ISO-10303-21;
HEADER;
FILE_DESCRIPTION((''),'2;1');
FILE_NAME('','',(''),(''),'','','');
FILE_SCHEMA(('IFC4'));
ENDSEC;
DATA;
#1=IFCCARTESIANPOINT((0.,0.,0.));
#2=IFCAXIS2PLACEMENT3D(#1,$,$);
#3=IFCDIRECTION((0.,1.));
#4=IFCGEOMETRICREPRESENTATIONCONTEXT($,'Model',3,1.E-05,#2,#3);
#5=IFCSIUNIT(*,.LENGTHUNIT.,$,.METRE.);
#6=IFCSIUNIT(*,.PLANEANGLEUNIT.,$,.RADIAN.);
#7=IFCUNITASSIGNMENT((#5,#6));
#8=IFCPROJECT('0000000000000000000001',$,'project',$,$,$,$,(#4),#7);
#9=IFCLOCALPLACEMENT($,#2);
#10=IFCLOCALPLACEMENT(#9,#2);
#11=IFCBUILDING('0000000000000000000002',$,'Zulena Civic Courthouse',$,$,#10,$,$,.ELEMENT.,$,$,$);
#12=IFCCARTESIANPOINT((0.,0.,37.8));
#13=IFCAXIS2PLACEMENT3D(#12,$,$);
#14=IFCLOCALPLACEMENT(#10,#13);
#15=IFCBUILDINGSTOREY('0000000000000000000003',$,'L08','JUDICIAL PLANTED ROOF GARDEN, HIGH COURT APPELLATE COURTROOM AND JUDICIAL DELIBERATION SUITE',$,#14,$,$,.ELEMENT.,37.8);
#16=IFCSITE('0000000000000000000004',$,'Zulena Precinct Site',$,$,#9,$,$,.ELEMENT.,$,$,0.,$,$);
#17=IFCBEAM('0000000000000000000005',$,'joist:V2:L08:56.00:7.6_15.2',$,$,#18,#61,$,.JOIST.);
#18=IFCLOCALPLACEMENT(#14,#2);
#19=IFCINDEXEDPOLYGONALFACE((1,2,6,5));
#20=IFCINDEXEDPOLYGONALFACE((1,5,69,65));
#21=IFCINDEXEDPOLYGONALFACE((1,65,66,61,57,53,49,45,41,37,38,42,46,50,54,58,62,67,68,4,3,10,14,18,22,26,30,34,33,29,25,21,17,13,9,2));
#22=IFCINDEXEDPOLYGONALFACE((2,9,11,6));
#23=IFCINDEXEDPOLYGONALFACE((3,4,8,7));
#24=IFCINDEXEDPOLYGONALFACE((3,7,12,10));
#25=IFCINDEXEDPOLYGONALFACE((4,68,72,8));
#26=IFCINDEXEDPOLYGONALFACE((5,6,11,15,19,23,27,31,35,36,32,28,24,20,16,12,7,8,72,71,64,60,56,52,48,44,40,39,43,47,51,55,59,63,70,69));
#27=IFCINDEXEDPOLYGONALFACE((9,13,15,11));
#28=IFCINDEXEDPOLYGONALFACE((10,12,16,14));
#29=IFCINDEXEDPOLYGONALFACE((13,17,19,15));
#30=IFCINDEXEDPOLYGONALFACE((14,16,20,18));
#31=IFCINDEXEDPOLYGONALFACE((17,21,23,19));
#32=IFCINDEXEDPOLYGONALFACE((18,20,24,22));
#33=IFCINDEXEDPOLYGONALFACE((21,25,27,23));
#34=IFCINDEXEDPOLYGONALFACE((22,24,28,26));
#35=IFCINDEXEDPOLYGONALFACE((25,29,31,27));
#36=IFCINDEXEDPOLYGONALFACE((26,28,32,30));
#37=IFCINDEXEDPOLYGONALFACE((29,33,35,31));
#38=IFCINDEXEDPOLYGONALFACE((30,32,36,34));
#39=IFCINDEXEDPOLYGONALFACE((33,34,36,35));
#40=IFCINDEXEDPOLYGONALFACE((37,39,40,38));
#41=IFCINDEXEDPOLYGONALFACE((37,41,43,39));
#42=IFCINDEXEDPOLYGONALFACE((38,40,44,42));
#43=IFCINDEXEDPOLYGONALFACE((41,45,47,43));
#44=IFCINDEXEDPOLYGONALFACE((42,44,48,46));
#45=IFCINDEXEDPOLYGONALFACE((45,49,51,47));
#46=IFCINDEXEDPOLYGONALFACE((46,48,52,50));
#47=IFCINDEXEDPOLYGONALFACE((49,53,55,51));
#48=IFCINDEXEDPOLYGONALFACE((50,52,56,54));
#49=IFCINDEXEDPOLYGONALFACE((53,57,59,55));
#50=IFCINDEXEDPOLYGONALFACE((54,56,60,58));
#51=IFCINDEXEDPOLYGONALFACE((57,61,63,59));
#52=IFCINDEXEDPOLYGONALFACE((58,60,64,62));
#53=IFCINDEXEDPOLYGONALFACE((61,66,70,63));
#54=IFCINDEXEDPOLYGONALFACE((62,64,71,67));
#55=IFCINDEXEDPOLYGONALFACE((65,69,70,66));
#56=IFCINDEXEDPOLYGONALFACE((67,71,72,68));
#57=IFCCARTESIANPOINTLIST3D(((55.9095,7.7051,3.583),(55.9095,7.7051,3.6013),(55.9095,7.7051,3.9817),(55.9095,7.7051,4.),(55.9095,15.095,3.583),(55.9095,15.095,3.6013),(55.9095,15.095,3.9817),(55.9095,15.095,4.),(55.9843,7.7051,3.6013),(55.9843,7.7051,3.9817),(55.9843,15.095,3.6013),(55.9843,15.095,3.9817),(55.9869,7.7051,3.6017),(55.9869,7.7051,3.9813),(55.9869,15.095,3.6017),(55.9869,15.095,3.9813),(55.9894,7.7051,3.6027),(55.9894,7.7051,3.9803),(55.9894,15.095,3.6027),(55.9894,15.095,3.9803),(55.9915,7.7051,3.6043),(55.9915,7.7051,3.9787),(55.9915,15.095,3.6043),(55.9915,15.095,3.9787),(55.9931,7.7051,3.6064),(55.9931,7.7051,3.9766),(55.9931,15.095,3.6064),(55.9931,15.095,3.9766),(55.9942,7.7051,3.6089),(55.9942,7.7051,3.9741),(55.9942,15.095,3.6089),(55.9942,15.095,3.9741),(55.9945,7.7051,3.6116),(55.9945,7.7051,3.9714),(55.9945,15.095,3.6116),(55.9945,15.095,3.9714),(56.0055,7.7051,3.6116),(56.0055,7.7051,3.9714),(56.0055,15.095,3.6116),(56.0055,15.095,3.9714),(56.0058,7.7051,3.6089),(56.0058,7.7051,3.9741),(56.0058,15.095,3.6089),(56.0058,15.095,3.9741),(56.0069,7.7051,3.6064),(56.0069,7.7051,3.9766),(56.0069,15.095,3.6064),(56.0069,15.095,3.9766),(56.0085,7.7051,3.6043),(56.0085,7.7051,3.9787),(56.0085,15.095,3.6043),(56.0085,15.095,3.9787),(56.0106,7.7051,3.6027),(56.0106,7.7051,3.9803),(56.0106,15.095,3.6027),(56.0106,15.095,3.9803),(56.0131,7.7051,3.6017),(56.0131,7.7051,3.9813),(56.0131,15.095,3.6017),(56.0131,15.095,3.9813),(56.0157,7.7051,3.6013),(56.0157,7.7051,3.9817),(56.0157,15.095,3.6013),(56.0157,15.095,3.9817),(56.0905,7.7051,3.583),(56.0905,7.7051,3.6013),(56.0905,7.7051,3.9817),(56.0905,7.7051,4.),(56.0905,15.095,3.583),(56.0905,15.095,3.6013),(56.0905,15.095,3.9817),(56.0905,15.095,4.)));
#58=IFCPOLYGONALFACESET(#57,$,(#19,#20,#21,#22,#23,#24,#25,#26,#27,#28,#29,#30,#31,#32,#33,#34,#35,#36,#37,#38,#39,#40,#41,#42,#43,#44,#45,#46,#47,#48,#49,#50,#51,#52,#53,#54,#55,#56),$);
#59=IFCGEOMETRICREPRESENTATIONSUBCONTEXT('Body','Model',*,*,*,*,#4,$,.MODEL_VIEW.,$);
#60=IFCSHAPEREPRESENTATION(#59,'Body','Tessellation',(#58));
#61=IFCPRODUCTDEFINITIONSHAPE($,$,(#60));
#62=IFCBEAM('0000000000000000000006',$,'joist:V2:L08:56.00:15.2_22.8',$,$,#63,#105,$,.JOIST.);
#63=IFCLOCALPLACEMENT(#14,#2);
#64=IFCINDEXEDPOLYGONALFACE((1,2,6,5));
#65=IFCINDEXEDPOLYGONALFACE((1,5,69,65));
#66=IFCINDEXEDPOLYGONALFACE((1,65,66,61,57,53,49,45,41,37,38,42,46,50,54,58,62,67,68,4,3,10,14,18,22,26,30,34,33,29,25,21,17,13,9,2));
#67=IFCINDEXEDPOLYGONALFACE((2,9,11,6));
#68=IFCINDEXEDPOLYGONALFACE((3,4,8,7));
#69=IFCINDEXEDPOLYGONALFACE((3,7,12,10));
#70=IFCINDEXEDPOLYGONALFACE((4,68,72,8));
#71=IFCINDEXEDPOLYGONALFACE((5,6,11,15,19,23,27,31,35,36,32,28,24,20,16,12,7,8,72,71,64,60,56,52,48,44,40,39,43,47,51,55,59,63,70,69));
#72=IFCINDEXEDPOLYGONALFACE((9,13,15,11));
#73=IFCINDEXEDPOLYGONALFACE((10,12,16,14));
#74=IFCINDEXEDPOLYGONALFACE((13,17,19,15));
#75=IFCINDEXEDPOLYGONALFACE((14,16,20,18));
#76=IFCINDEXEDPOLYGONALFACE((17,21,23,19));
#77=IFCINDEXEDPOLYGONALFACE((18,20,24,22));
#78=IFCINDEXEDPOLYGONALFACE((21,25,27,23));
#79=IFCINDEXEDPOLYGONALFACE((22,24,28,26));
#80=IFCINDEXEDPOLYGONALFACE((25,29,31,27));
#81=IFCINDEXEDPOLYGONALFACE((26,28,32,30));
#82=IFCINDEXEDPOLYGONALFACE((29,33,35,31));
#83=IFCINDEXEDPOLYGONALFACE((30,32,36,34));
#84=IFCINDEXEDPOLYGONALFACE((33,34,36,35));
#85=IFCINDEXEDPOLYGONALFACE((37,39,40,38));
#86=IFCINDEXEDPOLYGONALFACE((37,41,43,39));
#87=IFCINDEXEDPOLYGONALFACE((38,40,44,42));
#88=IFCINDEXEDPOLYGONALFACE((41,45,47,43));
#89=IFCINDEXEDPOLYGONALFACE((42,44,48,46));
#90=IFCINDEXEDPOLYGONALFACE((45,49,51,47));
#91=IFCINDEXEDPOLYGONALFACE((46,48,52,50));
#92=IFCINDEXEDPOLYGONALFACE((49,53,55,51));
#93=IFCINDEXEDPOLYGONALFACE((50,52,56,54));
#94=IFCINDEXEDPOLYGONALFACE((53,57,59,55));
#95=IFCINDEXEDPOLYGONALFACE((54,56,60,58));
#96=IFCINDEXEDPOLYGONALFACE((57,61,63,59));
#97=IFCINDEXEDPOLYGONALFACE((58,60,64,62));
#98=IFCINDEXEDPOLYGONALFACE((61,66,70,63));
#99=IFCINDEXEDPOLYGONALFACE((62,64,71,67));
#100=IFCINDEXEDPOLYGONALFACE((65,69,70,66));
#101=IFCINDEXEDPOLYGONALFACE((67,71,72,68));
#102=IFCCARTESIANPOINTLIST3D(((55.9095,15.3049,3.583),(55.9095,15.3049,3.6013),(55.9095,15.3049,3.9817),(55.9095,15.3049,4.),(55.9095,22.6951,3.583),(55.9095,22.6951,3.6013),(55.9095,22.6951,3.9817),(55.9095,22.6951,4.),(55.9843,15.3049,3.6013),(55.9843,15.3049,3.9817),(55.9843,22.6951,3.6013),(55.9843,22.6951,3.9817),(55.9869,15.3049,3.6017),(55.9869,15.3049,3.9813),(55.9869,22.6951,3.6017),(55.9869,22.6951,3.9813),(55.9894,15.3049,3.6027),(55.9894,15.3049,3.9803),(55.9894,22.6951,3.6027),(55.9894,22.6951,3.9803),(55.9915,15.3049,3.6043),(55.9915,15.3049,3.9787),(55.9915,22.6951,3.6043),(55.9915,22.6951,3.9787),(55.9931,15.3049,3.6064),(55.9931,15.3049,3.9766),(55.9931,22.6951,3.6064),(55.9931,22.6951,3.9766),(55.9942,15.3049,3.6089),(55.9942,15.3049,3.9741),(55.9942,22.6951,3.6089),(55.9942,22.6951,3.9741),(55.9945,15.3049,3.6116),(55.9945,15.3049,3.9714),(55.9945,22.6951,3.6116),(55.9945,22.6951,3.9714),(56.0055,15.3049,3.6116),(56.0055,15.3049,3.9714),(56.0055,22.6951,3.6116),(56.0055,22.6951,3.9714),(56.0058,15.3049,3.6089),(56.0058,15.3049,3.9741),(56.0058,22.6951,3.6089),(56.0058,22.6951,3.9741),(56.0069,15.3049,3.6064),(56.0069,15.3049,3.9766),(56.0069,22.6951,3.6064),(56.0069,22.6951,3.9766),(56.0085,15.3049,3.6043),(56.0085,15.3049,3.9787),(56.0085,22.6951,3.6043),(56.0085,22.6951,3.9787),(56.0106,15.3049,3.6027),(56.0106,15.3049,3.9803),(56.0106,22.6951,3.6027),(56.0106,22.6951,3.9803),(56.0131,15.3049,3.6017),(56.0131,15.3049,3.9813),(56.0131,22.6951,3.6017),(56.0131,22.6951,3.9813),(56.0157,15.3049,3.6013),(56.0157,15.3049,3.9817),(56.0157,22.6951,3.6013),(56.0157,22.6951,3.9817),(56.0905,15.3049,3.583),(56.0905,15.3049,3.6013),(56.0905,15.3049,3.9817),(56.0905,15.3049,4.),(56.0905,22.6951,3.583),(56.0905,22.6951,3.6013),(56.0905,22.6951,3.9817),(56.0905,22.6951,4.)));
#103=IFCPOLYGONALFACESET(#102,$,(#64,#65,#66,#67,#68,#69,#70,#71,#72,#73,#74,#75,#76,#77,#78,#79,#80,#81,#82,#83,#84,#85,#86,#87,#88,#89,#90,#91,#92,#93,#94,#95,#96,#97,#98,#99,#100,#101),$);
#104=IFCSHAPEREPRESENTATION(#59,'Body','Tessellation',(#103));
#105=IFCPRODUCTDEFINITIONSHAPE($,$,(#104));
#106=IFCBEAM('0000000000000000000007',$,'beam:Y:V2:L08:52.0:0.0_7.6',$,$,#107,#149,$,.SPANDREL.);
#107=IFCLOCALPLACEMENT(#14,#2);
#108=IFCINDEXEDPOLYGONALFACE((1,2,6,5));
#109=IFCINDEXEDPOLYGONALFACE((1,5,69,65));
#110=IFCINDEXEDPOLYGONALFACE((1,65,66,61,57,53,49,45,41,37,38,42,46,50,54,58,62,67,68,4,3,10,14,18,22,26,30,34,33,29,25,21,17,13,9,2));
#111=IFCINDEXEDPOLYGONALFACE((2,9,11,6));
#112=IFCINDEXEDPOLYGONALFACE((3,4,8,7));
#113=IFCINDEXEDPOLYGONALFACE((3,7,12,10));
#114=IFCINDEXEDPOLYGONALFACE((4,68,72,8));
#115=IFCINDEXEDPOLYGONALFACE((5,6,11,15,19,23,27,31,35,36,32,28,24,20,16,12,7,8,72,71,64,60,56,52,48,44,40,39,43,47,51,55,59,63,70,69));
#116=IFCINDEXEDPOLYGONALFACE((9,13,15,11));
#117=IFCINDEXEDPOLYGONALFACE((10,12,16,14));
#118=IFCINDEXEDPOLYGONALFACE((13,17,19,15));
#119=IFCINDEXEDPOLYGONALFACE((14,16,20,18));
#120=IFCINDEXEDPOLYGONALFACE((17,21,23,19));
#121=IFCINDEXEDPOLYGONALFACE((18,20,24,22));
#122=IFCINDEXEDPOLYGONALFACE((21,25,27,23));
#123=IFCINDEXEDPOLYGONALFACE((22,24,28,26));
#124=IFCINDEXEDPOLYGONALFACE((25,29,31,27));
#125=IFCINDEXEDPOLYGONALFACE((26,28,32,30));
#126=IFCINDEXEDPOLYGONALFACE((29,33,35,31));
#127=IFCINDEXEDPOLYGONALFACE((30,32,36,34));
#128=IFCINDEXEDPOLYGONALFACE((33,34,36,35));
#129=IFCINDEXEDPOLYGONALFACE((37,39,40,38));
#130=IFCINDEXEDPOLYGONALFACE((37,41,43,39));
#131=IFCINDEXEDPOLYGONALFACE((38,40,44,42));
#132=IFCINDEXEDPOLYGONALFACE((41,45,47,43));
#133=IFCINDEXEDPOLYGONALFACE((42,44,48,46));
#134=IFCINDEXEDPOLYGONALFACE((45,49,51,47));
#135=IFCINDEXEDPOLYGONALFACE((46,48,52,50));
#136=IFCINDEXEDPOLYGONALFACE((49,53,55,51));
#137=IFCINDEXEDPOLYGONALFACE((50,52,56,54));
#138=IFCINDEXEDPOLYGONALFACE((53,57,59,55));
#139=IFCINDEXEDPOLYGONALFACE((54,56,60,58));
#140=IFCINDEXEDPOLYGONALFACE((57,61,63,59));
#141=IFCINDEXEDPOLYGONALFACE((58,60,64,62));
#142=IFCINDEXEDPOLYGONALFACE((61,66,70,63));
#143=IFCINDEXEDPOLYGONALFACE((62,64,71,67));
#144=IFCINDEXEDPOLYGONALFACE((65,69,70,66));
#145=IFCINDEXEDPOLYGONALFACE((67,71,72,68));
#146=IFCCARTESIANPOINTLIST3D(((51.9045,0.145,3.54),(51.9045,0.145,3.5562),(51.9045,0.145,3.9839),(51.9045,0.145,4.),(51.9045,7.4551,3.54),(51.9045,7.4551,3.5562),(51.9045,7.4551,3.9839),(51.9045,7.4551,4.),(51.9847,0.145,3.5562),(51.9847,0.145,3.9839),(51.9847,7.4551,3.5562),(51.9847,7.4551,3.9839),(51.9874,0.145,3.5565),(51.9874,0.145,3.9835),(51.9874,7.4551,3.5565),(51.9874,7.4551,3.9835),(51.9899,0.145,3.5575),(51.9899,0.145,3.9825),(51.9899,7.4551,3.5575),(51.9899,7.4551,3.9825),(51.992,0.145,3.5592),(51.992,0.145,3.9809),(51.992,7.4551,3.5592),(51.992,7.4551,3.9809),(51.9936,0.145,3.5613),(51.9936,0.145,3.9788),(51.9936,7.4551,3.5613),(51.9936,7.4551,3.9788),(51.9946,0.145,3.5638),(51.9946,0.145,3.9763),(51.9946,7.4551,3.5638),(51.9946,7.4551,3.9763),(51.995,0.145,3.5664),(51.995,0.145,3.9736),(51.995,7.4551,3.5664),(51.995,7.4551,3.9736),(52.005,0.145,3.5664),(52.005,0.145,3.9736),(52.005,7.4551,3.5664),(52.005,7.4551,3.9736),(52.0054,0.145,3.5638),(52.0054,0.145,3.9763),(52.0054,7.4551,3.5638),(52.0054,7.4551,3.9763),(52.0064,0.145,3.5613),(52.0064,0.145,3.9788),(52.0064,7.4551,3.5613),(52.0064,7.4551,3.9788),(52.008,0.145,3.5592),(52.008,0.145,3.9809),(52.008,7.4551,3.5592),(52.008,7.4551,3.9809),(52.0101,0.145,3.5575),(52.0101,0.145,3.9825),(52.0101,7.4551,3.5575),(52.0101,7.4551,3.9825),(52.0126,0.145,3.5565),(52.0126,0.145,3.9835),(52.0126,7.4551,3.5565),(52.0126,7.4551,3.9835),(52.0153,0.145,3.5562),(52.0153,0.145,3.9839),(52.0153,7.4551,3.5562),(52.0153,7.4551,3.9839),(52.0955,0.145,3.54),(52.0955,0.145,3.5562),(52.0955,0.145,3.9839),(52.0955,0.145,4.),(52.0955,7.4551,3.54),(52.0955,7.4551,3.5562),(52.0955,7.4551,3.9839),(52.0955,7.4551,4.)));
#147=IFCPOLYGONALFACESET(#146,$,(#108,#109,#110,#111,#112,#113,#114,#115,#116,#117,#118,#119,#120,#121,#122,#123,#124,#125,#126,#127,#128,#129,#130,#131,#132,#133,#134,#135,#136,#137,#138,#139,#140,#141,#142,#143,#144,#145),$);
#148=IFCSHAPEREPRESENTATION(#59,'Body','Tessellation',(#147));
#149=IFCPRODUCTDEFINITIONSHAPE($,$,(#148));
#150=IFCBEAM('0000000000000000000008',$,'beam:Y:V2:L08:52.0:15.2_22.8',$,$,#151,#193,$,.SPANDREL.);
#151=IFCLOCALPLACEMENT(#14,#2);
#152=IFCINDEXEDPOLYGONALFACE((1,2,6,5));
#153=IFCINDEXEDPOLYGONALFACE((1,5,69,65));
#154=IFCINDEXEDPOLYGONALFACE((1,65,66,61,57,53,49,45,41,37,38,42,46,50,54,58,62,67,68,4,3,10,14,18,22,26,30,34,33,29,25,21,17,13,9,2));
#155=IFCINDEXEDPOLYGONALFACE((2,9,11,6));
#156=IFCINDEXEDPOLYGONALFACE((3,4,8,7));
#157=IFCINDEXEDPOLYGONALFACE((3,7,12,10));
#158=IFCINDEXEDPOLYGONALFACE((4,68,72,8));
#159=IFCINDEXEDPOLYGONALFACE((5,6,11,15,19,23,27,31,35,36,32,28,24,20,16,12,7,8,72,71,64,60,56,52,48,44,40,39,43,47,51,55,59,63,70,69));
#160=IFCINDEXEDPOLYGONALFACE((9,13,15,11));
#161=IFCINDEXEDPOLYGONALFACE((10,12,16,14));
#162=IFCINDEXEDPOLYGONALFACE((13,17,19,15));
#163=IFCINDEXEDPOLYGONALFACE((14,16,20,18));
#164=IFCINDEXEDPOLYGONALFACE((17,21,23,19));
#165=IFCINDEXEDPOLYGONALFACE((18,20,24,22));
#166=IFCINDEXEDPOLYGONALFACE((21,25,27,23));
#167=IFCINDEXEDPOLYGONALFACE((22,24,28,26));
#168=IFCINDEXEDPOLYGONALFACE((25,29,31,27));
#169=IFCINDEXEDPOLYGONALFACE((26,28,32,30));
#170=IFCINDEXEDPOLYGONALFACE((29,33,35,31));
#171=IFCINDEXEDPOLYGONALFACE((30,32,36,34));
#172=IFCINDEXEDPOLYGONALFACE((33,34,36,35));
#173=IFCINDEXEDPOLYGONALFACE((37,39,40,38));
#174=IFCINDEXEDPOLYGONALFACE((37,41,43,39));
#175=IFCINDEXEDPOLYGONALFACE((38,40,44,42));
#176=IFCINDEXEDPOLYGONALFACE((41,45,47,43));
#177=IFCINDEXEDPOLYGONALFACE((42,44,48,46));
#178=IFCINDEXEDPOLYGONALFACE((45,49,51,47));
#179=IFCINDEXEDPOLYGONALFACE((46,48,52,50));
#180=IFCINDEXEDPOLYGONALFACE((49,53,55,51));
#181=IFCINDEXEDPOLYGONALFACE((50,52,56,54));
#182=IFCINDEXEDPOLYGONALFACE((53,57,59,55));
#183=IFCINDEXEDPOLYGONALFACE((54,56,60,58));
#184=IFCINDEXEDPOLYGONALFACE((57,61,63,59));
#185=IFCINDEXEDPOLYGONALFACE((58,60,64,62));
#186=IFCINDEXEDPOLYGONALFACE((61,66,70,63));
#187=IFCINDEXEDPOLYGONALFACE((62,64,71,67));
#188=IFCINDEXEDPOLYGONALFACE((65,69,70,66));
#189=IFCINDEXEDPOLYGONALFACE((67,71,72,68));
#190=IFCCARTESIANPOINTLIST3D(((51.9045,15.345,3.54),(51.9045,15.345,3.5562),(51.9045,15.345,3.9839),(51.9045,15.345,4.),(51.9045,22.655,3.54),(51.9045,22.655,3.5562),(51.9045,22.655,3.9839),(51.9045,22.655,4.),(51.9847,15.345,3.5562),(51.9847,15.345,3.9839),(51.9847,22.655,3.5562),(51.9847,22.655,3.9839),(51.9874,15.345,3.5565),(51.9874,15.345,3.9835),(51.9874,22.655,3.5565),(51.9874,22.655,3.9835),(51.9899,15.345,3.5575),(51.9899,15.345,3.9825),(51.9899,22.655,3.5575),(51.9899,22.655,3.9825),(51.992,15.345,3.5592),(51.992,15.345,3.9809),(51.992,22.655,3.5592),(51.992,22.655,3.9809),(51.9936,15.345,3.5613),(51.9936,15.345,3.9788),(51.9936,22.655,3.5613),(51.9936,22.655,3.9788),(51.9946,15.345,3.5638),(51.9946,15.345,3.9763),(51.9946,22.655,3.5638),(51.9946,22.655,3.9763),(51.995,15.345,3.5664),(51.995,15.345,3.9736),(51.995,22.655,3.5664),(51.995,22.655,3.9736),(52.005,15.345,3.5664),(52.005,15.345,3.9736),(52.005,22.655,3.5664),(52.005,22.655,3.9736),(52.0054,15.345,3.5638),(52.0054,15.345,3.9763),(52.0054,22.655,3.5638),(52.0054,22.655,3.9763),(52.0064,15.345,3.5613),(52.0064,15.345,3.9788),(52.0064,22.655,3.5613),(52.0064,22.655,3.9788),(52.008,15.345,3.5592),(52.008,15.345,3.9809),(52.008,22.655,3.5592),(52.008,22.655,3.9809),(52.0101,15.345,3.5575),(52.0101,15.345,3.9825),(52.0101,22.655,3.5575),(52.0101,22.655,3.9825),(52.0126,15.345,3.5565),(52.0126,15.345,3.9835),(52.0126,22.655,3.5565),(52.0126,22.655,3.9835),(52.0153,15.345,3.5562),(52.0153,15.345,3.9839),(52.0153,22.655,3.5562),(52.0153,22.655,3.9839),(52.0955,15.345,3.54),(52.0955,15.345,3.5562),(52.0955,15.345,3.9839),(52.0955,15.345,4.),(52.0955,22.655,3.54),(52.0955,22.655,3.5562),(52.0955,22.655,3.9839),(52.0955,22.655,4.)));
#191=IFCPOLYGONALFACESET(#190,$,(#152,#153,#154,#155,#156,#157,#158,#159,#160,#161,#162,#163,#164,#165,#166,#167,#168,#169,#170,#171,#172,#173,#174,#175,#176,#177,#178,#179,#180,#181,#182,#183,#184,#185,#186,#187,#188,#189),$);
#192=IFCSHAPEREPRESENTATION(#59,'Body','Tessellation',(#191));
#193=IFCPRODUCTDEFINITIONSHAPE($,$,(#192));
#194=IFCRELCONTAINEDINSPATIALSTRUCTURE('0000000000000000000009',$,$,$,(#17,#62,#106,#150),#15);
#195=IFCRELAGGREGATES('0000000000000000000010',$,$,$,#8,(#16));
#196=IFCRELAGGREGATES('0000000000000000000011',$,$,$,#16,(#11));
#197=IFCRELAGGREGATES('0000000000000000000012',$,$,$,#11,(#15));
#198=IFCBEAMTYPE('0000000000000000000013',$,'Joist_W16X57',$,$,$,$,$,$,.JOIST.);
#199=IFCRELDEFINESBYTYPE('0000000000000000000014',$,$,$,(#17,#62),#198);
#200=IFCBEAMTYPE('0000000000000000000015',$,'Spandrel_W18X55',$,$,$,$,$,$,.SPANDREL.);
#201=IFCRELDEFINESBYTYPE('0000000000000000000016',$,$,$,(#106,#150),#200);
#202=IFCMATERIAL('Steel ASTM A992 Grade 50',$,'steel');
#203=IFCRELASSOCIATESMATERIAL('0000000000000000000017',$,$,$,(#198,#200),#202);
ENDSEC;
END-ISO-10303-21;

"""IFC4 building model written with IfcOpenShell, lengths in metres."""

from ifc_helpers import new_model, si_unit, direction, frame, origin, origin_2d, place, context, subcontext, project, spatial, i_section, extrude, material, material_profile, profile_set, type_object, element, save


model = new_model("IFC4")

# Units and contexts
model_context = context("Model", 3, precision=1e-05, world=origin(), true_north=direction((0.0, 1.0)))
body_context = subcontext(model_context, "Body", "Model", "MODEL_VIEW")
ifc_project = project(units=[si_unit("LENGTHUNIT", "METRE"), si_unit("PLANEANGLEUNIT", "RADIAN")], contexts=[model_context])

# Site, building, storey
site_placement = place(None, origin())
site = spatial("IfcSite", under=ifc_project, at=site_placement, Name="Zulena Precinct Site", CompositionType="ELEMENT", RefElevation=0.0)
building_placement = place(site_placement, origin())
building = spatial("IfcBuilding", under=site, at=building_placement, Name="Zulena Civic Courthouse", CompositionType="ELEMENT")
storey_placement = place(building_placement, frame((0.0, 0.0, 37.8)))
storey = spatial("IfcBuildingStorey", under=building, at=storey_placement, Name="L08", Description="JUDICIAL PLANTED ROOF GARDEN, HIGH COURT APPELLATE COURTROOM AND JUDICIAL DELIBERATION SUITE", CompositionType="ELEMENT", Elevation=37.8)

# Shared definitions
ifc_material_1 = material(Name="Steel ASTM A992 Grade 50", Category="steel")

# Beams
ifc_material_profile_1 = material_profile(ifc_material_1, i_section(OverallWidth=0.1809, OverallDepth=0.417, WebThickness=0.011, FlangeThickness=0.0183, FilletRadius=0.0103, at=origin_2d()), Name="W16X57")
ifc_profile_set_1 = profile_set([ifc_material_profile_1], Name="Steel ASTM A992 Grade 50")
beam_type_1 = type_object("IfcBeamType", Name="Joist_W16X57", PredefinedType="JOIST", material=ifc_profile_set_1)
beam_1_placement = place(storey_placement, frame((56.0, 7.7051, 3.7915), z_axis=(0.0, 1.0, 0.0), x_axis=(-1.0, 0.0, 0.0)))
element("IfcBeam", 1, at=beam_1_placement, inside=storey, type_object=beam_type_1, Name="joist:V2:L08:56.00:7.6_15.2", PredefinedType="JOIST", context=body_context, shape_type="SweptSolid", body=[
    extrude(i_section(OverallWidth=0.1809, OverallDepth=0.417, WebThickness=0.011, FlangeThickness=0.0183, FilletRadius=0.0103, at=origin_2d()), origin(), (0.0, 0.0, 1.0), 7.3899),
])
beam_2_placement = place(storey_placement, frame((56.0, 15.3049, 3.7915), z_axis=(0.0, 1.0, 0.0), x_axis=(-1.0, 0.0, 0.0)))
element("IfcBeam", 2, at=beam_2_placement, inside=storey, type_object=beam_type_1, Name="joist:V2:L08:56.00:15.2_22.8", PredefinedType="JOIST", context=body_context, shape_type="SweptSolid", body=[
    extrude(i_section(OverallWidth=0.1809, OverallDepth=0.417, WebThickness=0.011, FlangeThickness=0.0183, FilletRadius=0.0103, at=origin_2d()), origin(), (0.0, 0.0, 1.0), 7.3901),
])
ifc_material_profile_2 = material_profile(ifc_material_1, i_section(OverallWidth=0.1909, OverallDepth=0.46, WebThickness=0.01, FlangeThickness=0.0161, FilletRadius=0.0103, at=origin_2d()), Name="W18X55")
ifc_profile_set_2 = profile_set([ifc_material_profile_2], Name="Steel ASTM A992 Grade 50")
beam_type_2 = type_object("IfcBeamType", Name="Spandrel_W18X55", PredefinedType="SPANDREL", material=ifc_profile_set_2)
for number, where, z_axis, x_axis, name in (
    (3, (52.0, 0.145, 3.77), (0.0, 1.0, 0.0), (-1.0, 0.0, 0.0), "beam:Y:V2:L08:52.0:0.0_7.6"),
    (4, (52.0, 15.345, 3.77), (0.0, 1.0, 0.0), (-1.0, 0.0, 0.0), "beam:Y:V2:L08:52.0:15.2_22.8"),
):
    element("IfcBeam", number, at=place(storey_placement, frame(where, z_axis=z_axis, x_axis=x_axis)), inside=storey, type_object=beam_type_2, Name=name, PredefinedType="SPANDREL", context=body_context, shape_type="SweptSolid", body=[
        extrude(i_section(OverallWidth=0.1909, OverallDepth=0.46, WebThickness=0.01, FlangeThickness=0.0161, FilletRadius=0.0103, at=origin_2d()), origin(), (0.0, 0.0, 1.0), 7.3101),
    ])

save(model, "model.ifc")
